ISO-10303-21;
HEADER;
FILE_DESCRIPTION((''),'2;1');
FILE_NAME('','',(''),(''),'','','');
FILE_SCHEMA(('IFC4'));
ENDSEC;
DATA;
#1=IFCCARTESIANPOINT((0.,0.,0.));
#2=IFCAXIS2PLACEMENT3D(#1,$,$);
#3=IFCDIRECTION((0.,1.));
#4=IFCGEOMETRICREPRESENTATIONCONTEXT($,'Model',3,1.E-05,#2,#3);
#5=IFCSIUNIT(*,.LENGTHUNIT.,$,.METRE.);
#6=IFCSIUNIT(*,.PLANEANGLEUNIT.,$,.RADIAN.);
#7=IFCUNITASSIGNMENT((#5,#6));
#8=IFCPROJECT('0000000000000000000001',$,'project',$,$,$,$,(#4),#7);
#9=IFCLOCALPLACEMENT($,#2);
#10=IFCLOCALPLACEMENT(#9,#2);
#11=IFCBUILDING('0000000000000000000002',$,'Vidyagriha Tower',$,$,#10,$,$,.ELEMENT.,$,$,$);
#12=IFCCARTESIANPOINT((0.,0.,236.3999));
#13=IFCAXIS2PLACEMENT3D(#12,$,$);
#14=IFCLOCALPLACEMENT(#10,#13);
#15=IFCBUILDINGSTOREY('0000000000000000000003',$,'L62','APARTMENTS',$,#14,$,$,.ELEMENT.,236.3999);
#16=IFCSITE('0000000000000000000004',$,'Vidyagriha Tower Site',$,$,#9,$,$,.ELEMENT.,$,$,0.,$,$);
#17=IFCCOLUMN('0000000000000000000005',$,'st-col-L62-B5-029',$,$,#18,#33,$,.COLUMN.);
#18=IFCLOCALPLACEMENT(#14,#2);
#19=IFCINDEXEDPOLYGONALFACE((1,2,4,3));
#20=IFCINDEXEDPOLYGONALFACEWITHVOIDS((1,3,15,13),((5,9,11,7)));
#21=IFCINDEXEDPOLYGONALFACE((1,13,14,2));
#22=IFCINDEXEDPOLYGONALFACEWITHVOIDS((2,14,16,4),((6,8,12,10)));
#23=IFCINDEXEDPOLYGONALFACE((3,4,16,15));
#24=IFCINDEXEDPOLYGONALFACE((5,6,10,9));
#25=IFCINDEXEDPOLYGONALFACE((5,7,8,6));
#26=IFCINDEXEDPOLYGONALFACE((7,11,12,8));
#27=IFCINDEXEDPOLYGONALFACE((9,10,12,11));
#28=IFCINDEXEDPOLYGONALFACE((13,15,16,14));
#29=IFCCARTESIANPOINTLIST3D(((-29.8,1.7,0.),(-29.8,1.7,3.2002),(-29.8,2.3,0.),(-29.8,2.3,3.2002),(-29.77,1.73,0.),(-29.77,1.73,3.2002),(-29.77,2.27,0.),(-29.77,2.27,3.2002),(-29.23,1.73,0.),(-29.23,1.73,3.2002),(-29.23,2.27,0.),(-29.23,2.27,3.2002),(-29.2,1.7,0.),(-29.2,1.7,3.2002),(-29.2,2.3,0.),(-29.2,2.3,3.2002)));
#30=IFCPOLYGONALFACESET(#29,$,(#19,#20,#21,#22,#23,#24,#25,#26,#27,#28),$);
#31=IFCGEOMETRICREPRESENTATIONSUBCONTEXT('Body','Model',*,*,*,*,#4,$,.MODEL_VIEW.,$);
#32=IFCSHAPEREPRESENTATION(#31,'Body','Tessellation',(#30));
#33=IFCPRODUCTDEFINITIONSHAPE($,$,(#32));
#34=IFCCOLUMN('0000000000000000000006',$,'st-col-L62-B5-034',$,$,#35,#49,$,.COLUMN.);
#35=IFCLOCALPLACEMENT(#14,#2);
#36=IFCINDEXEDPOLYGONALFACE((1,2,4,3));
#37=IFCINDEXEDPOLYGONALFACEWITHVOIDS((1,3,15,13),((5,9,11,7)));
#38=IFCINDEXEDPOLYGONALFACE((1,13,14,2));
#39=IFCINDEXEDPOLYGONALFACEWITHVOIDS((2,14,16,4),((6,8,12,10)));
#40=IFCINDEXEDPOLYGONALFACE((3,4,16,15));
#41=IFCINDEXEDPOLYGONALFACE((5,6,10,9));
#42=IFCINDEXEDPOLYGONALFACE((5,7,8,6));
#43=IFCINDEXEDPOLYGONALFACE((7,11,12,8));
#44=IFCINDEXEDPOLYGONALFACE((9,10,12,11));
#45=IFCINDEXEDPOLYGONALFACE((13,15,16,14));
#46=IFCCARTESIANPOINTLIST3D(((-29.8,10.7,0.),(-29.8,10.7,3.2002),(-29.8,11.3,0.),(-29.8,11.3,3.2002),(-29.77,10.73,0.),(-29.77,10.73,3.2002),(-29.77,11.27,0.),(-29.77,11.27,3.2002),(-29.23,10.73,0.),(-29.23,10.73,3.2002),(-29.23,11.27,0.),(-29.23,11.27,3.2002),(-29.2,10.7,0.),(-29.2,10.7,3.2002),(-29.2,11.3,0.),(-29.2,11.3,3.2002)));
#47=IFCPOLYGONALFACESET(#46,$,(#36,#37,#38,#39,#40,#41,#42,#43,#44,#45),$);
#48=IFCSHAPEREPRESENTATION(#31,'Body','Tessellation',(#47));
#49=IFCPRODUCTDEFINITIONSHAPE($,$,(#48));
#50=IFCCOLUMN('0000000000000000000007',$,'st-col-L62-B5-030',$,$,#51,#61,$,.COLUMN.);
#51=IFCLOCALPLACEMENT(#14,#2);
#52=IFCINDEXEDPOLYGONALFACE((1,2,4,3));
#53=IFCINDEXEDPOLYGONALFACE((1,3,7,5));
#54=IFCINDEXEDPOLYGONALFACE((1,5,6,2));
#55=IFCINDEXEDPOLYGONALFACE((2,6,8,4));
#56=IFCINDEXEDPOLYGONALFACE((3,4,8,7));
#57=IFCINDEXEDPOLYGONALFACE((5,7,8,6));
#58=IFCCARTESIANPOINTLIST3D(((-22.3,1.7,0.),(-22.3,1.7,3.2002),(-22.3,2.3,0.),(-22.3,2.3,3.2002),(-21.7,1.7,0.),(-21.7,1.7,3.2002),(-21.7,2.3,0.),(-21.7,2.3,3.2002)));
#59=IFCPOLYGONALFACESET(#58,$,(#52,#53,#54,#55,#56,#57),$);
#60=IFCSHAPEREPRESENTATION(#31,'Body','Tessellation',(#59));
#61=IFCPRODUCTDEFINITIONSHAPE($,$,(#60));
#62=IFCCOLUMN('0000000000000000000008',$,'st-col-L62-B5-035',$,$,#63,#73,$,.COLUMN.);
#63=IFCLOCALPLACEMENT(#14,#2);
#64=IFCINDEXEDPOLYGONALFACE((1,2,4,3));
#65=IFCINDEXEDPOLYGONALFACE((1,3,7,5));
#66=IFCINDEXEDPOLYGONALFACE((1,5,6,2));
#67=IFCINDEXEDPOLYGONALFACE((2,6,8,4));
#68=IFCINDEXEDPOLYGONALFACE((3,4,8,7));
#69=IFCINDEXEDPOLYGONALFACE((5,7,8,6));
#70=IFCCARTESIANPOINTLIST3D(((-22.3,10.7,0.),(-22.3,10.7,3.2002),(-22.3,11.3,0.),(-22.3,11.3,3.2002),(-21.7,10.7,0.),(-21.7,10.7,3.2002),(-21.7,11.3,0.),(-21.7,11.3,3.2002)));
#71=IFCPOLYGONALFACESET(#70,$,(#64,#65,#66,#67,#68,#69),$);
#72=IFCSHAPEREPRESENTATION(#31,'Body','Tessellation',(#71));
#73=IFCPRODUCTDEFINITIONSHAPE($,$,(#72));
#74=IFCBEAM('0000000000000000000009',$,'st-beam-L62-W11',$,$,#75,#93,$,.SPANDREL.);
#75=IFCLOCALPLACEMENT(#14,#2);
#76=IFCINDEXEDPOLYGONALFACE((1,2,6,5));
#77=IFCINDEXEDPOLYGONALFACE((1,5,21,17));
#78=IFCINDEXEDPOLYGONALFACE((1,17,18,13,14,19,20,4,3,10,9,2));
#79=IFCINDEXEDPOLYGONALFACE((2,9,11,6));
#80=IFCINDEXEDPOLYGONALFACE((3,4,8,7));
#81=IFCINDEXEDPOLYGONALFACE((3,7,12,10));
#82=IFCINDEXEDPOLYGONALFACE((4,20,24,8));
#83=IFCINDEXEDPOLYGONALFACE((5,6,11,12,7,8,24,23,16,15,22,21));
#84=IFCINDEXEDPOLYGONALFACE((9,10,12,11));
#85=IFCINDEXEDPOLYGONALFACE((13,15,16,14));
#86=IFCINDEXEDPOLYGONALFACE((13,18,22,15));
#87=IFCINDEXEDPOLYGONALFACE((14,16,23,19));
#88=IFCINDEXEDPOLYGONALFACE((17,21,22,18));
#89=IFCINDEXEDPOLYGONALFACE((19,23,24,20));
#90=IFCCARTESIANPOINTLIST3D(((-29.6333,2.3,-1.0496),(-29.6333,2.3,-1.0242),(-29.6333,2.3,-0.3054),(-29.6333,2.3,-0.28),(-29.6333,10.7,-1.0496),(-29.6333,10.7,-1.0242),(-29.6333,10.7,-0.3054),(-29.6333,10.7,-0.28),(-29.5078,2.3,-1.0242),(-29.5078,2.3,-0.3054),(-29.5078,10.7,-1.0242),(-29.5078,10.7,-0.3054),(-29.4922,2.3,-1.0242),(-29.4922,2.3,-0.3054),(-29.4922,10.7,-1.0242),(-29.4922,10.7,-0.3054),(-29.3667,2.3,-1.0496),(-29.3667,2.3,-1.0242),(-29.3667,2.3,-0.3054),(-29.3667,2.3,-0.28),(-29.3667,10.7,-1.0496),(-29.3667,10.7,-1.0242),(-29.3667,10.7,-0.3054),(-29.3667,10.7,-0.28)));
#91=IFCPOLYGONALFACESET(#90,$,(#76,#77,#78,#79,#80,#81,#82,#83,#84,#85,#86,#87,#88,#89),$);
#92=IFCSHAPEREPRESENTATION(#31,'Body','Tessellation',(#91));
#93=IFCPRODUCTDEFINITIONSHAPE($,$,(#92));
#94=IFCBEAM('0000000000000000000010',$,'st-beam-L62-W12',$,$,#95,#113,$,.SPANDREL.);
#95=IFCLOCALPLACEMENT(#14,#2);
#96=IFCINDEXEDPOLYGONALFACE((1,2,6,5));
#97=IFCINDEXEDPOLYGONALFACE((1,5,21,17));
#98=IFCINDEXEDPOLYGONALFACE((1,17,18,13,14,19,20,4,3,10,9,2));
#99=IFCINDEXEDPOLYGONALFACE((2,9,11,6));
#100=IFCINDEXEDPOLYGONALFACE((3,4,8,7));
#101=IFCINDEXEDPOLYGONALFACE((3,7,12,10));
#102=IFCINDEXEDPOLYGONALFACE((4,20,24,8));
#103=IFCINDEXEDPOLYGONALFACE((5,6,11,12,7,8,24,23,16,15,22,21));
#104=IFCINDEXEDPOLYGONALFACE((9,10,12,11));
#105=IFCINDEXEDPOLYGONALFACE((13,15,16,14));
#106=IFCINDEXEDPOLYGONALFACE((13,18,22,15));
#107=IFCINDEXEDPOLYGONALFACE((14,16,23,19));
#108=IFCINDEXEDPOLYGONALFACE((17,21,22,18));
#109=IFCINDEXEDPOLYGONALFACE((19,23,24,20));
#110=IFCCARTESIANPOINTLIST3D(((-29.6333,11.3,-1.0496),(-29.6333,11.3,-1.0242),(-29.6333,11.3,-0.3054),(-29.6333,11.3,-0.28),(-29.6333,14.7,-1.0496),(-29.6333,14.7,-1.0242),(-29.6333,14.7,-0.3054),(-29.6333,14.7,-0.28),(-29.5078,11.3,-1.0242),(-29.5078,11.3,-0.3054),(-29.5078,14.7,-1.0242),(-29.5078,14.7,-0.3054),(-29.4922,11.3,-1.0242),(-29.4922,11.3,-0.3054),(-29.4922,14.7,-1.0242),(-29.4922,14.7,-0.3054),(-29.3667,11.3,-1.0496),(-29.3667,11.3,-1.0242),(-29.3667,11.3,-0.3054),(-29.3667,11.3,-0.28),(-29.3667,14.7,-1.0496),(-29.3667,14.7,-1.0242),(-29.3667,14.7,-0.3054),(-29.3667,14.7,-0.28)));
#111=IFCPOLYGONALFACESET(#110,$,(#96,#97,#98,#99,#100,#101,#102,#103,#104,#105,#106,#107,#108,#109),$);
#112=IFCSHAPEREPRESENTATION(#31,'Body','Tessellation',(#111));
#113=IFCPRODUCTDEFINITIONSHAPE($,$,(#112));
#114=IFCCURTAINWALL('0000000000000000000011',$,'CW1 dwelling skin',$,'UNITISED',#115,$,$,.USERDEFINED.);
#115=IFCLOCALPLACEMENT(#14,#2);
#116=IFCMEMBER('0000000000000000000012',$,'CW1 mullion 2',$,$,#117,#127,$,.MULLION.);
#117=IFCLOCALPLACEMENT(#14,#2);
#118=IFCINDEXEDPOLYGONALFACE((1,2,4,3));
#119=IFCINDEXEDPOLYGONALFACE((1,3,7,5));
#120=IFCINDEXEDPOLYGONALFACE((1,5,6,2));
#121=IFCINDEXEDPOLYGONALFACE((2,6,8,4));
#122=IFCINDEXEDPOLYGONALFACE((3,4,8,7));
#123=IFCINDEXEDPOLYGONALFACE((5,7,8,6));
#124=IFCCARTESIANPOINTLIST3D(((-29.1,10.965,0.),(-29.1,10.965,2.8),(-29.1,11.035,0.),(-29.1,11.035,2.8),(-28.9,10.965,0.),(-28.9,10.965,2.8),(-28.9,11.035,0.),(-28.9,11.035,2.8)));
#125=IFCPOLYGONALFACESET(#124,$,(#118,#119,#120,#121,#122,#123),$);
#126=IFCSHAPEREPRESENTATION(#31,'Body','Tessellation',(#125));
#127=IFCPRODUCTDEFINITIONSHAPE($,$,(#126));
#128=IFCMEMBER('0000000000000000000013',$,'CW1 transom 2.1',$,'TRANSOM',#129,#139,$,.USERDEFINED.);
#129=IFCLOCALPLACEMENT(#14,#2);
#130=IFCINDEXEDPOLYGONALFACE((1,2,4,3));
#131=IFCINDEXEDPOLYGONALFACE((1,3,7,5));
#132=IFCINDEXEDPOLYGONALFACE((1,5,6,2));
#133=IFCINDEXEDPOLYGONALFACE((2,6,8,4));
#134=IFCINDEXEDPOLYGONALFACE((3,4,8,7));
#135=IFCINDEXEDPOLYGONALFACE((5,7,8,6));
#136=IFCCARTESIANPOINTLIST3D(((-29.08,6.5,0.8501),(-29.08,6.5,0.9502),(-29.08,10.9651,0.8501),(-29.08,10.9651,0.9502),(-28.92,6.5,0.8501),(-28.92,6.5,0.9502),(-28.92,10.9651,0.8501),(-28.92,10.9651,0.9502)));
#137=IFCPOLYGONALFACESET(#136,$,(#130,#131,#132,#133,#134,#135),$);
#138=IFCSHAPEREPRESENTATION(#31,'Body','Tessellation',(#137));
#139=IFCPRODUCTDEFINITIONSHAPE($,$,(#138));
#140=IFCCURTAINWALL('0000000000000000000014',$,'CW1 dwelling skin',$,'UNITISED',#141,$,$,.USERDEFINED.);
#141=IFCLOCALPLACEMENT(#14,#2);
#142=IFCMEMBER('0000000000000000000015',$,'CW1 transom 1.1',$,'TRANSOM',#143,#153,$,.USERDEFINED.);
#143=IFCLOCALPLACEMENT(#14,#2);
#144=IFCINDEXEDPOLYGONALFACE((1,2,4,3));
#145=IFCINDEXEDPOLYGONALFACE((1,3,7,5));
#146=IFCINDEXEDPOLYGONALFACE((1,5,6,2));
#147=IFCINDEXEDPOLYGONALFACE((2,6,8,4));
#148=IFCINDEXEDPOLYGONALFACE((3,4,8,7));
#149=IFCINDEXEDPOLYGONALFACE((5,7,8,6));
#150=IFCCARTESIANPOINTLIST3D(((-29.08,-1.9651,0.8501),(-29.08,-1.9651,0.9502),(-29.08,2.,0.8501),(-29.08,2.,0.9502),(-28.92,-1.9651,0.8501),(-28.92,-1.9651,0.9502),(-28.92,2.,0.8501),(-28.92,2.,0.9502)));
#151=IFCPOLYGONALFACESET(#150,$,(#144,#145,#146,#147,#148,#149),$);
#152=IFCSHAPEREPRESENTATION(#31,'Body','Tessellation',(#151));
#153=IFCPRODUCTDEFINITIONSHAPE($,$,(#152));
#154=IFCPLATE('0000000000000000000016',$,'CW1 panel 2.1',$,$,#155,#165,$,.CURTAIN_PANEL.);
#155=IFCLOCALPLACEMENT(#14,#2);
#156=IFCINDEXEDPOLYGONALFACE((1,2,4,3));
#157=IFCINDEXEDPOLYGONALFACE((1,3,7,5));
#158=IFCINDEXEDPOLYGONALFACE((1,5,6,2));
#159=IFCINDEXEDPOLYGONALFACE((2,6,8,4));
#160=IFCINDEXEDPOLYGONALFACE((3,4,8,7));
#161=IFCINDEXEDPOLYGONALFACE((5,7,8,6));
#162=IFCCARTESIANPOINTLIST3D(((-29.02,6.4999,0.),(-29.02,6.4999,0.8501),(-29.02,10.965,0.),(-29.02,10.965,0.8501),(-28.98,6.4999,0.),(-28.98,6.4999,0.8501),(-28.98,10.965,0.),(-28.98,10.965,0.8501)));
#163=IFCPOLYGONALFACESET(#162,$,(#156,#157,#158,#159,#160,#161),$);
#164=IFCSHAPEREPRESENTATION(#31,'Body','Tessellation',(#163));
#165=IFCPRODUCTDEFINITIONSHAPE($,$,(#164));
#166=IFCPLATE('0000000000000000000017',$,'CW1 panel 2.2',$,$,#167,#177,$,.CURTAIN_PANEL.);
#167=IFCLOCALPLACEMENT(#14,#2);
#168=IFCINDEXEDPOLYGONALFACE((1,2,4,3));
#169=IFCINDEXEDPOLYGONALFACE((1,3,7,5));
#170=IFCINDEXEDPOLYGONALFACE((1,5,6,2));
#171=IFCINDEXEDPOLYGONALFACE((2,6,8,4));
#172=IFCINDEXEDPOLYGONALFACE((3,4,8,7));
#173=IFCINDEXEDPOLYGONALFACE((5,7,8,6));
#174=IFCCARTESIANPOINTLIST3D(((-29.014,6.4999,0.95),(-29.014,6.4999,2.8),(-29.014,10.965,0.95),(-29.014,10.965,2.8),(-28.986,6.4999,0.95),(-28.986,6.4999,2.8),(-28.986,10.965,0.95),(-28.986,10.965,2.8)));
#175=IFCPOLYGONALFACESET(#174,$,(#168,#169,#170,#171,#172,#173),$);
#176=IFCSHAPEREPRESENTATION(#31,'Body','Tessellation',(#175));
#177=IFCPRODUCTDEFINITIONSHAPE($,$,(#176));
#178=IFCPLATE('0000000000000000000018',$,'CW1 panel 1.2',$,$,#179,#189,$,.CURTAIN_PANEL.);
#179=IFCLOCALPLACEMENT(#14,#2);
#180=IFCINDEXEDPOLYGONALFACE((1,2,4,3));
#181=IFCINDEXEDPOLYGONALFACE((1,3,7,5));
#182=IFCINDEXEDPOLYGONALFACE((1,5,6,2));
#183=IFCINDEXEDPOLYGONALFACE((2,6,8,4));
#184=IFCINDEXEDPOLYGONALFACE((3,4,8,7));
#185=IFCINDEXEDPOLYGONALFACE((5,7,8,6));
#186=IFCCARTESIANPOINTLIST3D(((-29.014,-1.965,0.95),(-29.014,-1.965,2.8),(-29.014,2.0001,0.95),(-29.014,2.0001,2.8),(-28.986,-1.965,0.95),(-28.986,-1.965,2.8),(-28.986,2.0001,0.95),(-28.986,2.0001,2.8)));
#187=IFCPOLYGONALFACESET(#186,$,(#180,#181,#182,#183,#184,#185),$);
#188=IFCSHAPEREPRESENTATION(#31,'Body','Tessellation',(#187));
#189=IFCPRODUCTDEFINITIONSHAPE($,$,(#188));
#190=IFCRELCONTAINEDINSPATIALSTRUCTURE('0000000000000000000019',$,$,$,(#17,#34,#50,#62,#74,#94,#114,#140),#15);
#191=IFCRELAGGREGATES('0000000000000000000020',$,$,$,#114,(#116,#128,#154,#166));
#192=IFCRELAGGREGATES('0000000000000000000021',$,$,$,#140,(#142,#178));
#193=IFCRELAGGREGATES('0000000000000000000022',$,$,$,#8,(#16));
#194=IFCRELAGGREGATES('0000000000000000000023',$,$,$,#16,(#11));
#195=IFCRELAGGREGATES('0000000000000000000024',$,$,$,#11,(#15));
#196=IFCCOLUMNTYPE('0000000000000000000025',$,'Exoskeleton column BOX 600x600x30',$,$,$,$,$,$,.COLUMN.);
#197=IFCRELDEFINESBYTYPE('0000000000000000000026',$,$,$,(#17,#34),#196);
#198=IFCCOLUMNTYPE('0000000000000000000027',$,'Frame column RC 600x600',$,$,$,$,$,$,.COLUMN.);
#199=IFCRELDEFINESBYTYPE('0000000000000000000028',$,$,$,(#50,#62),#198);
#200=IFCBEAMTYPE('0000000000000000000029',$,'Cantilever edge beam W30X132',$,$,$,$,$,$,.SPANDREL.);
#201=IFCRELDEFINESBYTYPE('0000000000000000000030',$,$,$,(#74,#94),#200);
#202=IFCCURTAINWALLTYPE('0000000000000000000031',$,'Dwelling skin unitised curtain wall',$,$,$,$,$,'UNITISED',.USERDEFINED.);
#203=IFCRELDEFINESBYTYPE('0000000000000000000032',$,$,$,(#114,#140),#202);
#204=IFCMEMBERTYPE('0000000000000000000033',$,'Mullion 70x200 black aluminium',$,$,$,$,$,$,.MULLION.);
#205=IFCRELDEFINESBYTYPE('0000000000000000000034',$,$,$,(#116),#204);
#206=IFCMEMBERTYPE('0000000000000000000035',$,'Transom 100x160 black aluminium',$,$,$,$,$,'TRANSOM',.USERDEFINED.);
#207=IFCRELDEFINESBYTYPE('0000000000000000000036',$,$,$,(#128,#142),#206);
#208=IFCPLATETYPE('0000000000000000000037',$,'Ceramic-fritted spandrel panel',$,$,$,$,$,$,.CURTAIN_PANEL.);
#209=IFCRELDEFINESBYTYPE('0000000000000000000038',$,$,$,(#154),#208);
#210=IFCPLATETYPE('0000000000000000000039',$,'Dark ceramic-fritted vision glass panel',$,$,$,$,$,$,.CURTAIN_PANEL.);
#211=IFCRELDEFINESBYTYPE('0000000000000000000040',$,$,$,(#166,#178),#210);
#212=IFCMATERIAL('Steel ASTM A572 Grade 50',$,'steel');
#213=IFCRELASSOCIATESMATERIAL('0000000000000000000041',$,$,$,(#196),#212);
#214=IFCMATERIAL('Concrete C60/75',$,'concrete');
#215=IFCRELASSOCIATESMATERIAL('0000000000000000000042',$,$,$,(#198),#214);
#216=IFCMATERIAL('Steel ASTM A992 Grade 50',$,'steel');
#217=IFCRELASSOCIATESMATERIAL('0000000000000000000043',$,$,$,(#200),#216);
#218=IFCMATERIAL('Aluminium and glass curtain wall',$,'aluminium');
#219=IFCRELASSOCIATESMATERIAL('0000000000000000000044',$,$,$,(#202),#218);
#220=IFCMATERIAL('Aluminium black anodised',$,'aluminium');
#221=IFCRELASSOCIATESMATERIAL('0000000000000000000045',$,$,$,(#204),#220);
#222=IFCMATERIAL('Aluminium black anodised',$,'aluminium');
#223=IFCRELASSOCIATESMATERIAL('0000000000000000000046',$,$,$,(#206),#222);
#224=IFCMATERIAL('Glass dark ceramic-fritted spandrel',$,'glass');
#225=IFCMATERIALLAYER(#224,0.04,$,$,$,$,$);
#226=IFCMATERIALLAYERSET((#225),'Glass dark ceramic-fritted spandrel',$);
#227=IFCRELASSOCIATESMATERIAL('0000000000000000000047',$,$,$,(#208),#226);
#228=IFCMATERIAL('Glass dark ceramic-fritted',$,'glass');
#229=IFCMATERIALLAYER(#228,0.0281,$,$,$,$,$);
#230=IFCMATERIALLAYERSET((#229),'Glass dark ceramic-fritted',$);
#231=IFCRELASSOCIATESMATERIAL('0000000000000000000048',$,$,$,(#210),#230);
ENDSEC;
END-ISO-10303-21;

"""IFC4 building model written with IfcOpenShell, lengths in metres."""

from ifc_helpers import new_model, si_unit, direction, frame, origin, origin_2d, place, context, subcontext, project, spatial, rectangle, hollow_rectangle, i_section, extrude, material, layer, layer_set, material_profile, profile_set, type_object, element, aggregate, save


model = new_model("IFC4")

# Units and contexts
model_context = context("Model", 3, precision=1e-05, world=origin(), true_north=direction((0.0, 1.0)))
body_context = subcontext(model_context, "Body", "Model", "MODEL_VIEW")
ifc_project = project(units=[si_unit("LENGTHUNIT", "METRE"), si_unit("PLANEANGLEUNIT", "RADIAN")], contexts=[model_context])

# Site, building, storey
site_placement = place(None, origin())
site = spatial("IfcSite", under=ifc_project, at=site_placement, Name="Vidyagriha Tower Site", CompositionType="ELEMENT", RefElevation=0.0)
building_placement = place(site_placement, origin())
building = spatial("IfcBuilding", under=site, at=building_placement, Name="Vidyagriha Tower", CompositionType="ELEMENT")
storey_placement = place(building_placement, frame((0.0, 0.0, 236.3999)))
storey = spatial("IfcBuildingStorey", under=building, at=storey_placement, Name="L62", Description="APARTMENTS", CompositionType="ELEMENT", Elevation=236.3999)

# Columns
ifc_material_1 = material(Name="Steel ASTM A572 Grade 50", Category="steel")
ifc_material_profile_1 = material_profile(ifc_material_1, hollow_rectangle(XDim=0.6001, YDim=0.6001, WallThickness=0.03, at=origin_2d()), Name="BOX 600x600x30")
ifc_profile_set_1 = profile_set([ifc_material_profile_1], Name="Steel ASTM A572 Grade 50")
column_type_1 = type_object("IfcColumnType", Name="Exoskeleton column BOX 600x600x30", PredefinedType="COLUMN", material=ifc_profile_set_1)
for number, where, name in (
    (1, (-29.5, 2.0, 0.0), "st-col-L62-B5-029"),
    (2, (-29.5, 11.0, 0.0), "st-col-L62-B5-034"),
):
    element("IfcColumn", number, at=place(storey_placement, frame(where)), inside=storey, type_object=column_type_1, Name=name, PredefinedType="COLUMN", context=body_context, shape_type="SweptSolid", body=[
        extrude(hollow_rectangle(XDim=0.6001, YDim=0.6001, WallThickness=0.03, at=origin_2d()), origin(), (0.0, 0.0, 1.0), 3.2002),
    ])
ifc_material_2 = material(Name="Concrete C60/75", Category="concrete")
ifc_material_profile_2 = material_profile(ifc_material_2, rectangle(XDim=0.6001, YDim=0.6001, at=origin_2d()), Name="RC 600x600")
ifc_profile_set_2 = profile_set([ifc_material_profile_2], Name="Concrete C60/75")
column_type_2 = type_object("IfcColumnType", Name="Frame column RC 600x600", PredefinedType="COLUMN", material=ifc_profile_set_2)
for number, where, name in (
    (3, (-22.0, 2.0, 0.0), "st-col-L62-B5-030"),
    (4, (-22.0, 11.0, 0.0), "st-col-L62-B5-035"),
):
    element("IfcColumn", number, at=place(storey_placement, frame(where)), inside=storey, type_object=column_type_2, Name=name, PredefinedType="COLUMN", context=body_context, shape_type="SweptSolid", body=[
        extrude(rectangle(XDim=0.6001, YDim=0.6001, at=origin_2d()), origin(), (0.0, 0.0, 1.0), 3.2002),
    ])

# Beams
ifc_material_3 = material(Name="Steel ASTM A992 Grade 50", Category="steel")
ifc_material_profile_3 = material_profile(ifc_material_3, i_section(OverallWidth=0.2666, OverallDepth=0.7695, WebThickness=0.0156, FlangeThickness=0.0254, at=origin_2d()), Name="W30X132")
ifc_profile_set_3 = profile_set([ifc_material_profile_3], Name="Steel ASTM A992 Grade 50")
beam_type = type_object("IfcBeamType", Name="Cantilever edge beam W30X132", PredefinedType="SPANDREL", material=ifc_profile_set_3)
beam_1_placement = place(storey_placement, frame((-29.5, 2.3, -0.6648), z_axis=(0.0, 1.0, 0.0), x_axis=(-1.0, 0.0, 0.0)))
element("IfcBeam", 5, at=beam_1_placement, inside=storey, type_object=beam_type, Name="st-beam-L62-W11", PredefinedType="SPANDREL", context=body_context, shape_type="SweptSolid", body=[
    extrude(i_section(OverallWidth=0.2666, OverallDepth=0.7695, WebThickness=0.0156, FlangeThickness=0.0254, at=origin_2d()), origin(), (0.0, 0.0, 1.0), 8.3999),
])
beam_2_placement = place(storey_placement, frame((-29.5, 11.3, -0.6648), z_axis=(0.0, 1.0, 0.0), x_axis=(-1.0, 0.0, 0.0)))
element("IfcBeam", 6, at=beam_2_placement, inside=storey, type_object=beam_type, Name="st-beam-L62-W12", PredefinedType="SPANDREL", context=body_context, shape_type="SweptSolid", body=[
    extrude(i_section(OverallWidth=0.2666, OverallDepth=0.7695, WebThickness=0.0156, FlangeThickness=0.0254, at=origin_2d()), origin(), (0.0, 0.0, 1.0), 3.3999),
])

# Curtain wall, members
ifc_material_4 = material(Name="Aluminium and glass curtain wall", Category="aluminium")
curtain_wall_type = type_object("IfcCurtainWallType", Name="Dwelling skin unitised curtain wall", ElementType="UNITISED", PredefinedType="USERDEFINED", material=ifc_material_4)
curtain_wall_1_placement = place(storey_placement, origin())
curtain_wall_1 = element("IfcCurtainWall", 7, at=curtain_wall_1_placement, inside=storey, type_object=curtain_wall_type, Name="CW1 dwelling skin", ObjectType="UNITISED", PredefinedType="USERDEFINED")
ifc_material_5 = material(Name="Aluminium black anodised", Category="aluminium")
ifc_material_profile_4 = material_profile(ifc_material_5, rectangle(XDim=0.2, YDim=0.0701, at=origin_2d()), Name="Mullion 70x200 black aluminium")
ifc_profile_set_4 = profile_set([ifc_material_profile_4], Name="Aluminium black anodised")
member_type_1 = type_object("IfcMemberType", Name="Mullion 70x200 black aluminium", PredefinedType="MULLION", material=ifc_profile_set_4)
member_1_placement = place(storey_placement, frame((-29.0, 11.0, 0.0)))
member_1 = element("IfcMember", 8, at=member_1_placement, type_object=member_type_1, Name="CW1 mullion 2", PredefinedType="MULLION", context=body_context, shape_type="SweptSolid", body=[
    extrude(rectangle(XDim=0.2, YDim=0.0701, at=origin_2d()), origin(), (0.0, 0.0, 1.0), 2.8),
])
ifc_material_6 = material(Name="Aluminium black anodised", Category="aluminium")
ifc_material_profile_5 = material_profile(ifc_material_6, rectangle(XDim=0.1599, YDim=0.1001, at=origin_2d()), Name="Transom 100x160 black aluminium")
ifc_profile_set_5 = profile_set([ifc_material_profile_5], Name="Aluminium black anodised")
member_type_2 = type_object("IfcMemberType", Name="Transom 100x160 black aluminium", ElementType="TRANSOM", PredefinedType="USERDEFINED", material=ifc_profile_set_5)
member_2_placement = place(storey_placement, frame((-29.0, 10.9651, 0.9001), z_axis=(0.0, -1.0, 0.0), x_axis=(1.0, 0.0, 0.0)))
member_2 = element("IfcMember", 9, at=member_2_placement, type_object=member_type_2, Name="CW1 transom 2.1", ObjectType="TRANSOM", PredefinedType="USERDEFINED", context=body_context, shape_type="SweptSolid", body=[
    extrude(rectangle(XDim=0.1599, YDim=0.1001, at=origin_2d()), origin(), (0.0, 0.0, 1.0), 4.4651),
])

# Curtain wall, member
curtain_wall_2_placement = place(storey_placement, origin())
curtain_wall_2 = element("IfcCurtainWall", 10, at=curtain_wall_2_placement, inside=storey, type_object=curtain_wall_type, Name="CW1 dwelling skin", ObjectType="UNITISED", PredefinedType="USERDEFINED")
member_3_placement = place(storey_placement, frame((-29.0, 2.0, 0.9001), z_axis=(0.0, -1.0, 0.0), x_axis=(1.0, 0.0, 0.0)))
member_3 = element("IfcMember", 11, at=member_3_placement, type_object=member_type_2, Name="CW1 transom 1.1", ObjectType="TRANSOM", PredefinedType="USERDEFINED", context=body_context, shape_type="SweptSolid", body=[
    extrude(rectangle(XDim=0.1599, YDim=0.1001, at=origin_2d()), origin(), (0.0, 0.0, 1.0), 3.9651),
])

# Plates
ifc_material_7 = material(Name="Glass dark ceramic-fritted spandrel", Category="glass")
ifc_layer_1 = layer(ifc_material_7, 0.04)
ifc_layer_set_1 = layer_set([ifc_layer_1], Name="Glass dark ceramic-fritted spandrel")
plate_type_1 = type_object("IfcPlateType", Name="Ceramic-fritted spandrel panel", PredefinedType="CURTAIN_PANEL", material=ifc_layer_set_1)
plate_1_placement = place(storey_placement, frame((-29.0, 8.7324, 0.0), z_axis=(0.0, 0.0, 1.0), x_axis=(0.0, -1.0, 0.0)))
plate_1 = element("IfcPlate", 12, at=plate_1_placement, type_object=plate_type_1, Name="CW1 panel 2.1", PredefinedType="CURTAIN_PANEL", context=body_context, shape_type="SweptSolid", body=[
    extrude(rectangle(XDim=4.4651, YDim=0.04, at=origin_2d()), origin(), (0.0, 0.0, 1.0), 0.8501),
])
ifc_material_8 = material(Name="Glass dark ceramic-fritted", Category="glass")
ifc_layer_2 = layer(ifc_material_8, 0.0281)
ifc_layer_set_2 = layer_set([ifc_layer_2], Name="Glass dark ceramic-fritted")
plate_type_2 = type_object("IfcPlateType", Name="Dark ceramic-fritted vision glass panel", PredefinedType="CURTAIN_PANEL", material=ifc_layer_set_2)
plate_2_placement = place(storey_placement, frame((-29.0, 8.7324, 0.95), z_axis=(0.0, 0.0, 1.0), x_axis=(0.0, -1.0, 0.0)))
plate_2 = element("IfcPlate", 13, at=plate_2_placement, type_object=plate_type_2, Name="CW1 panel 2.2", PredefinedType="CURTAIN_PANEL", context=body_context, shape_type="SweptSolid", body=[
    extrude(rectangle(XDim=4.4651, YDim=0.0281, at=origin_2d()), origin(), (0.0, 0.0, 1.0), 1.8501),
])
aggregate(curtain_wall_1, [member_1, member_2, plate_1, plate_2])
plate_3_placement = place(storey_placement, frame((-29.0, 0.0176, 0.95), z_axis=(0.0, 0.0, 1.0), x_axis=(0.0, -1.0, 0.0)))
plate_3 = element("IfcPlate", 14, at=plate_3_placement, type_object=plate_type_2, Name="CW1 panel 1.2", PredefinedType="CURTAIN_PANEL", context=body_context, shape_type="SweptSolid", body=[
    extrude(rectangle(XDim=3.9651, YDim=0.0281, at=origin_2d()), origin(), (0.0, 0.0, 1.0), 1.8501),
])
aggregate(curtain_wall_2, [member_3, plate_3])

save(model, "model.ifc")
